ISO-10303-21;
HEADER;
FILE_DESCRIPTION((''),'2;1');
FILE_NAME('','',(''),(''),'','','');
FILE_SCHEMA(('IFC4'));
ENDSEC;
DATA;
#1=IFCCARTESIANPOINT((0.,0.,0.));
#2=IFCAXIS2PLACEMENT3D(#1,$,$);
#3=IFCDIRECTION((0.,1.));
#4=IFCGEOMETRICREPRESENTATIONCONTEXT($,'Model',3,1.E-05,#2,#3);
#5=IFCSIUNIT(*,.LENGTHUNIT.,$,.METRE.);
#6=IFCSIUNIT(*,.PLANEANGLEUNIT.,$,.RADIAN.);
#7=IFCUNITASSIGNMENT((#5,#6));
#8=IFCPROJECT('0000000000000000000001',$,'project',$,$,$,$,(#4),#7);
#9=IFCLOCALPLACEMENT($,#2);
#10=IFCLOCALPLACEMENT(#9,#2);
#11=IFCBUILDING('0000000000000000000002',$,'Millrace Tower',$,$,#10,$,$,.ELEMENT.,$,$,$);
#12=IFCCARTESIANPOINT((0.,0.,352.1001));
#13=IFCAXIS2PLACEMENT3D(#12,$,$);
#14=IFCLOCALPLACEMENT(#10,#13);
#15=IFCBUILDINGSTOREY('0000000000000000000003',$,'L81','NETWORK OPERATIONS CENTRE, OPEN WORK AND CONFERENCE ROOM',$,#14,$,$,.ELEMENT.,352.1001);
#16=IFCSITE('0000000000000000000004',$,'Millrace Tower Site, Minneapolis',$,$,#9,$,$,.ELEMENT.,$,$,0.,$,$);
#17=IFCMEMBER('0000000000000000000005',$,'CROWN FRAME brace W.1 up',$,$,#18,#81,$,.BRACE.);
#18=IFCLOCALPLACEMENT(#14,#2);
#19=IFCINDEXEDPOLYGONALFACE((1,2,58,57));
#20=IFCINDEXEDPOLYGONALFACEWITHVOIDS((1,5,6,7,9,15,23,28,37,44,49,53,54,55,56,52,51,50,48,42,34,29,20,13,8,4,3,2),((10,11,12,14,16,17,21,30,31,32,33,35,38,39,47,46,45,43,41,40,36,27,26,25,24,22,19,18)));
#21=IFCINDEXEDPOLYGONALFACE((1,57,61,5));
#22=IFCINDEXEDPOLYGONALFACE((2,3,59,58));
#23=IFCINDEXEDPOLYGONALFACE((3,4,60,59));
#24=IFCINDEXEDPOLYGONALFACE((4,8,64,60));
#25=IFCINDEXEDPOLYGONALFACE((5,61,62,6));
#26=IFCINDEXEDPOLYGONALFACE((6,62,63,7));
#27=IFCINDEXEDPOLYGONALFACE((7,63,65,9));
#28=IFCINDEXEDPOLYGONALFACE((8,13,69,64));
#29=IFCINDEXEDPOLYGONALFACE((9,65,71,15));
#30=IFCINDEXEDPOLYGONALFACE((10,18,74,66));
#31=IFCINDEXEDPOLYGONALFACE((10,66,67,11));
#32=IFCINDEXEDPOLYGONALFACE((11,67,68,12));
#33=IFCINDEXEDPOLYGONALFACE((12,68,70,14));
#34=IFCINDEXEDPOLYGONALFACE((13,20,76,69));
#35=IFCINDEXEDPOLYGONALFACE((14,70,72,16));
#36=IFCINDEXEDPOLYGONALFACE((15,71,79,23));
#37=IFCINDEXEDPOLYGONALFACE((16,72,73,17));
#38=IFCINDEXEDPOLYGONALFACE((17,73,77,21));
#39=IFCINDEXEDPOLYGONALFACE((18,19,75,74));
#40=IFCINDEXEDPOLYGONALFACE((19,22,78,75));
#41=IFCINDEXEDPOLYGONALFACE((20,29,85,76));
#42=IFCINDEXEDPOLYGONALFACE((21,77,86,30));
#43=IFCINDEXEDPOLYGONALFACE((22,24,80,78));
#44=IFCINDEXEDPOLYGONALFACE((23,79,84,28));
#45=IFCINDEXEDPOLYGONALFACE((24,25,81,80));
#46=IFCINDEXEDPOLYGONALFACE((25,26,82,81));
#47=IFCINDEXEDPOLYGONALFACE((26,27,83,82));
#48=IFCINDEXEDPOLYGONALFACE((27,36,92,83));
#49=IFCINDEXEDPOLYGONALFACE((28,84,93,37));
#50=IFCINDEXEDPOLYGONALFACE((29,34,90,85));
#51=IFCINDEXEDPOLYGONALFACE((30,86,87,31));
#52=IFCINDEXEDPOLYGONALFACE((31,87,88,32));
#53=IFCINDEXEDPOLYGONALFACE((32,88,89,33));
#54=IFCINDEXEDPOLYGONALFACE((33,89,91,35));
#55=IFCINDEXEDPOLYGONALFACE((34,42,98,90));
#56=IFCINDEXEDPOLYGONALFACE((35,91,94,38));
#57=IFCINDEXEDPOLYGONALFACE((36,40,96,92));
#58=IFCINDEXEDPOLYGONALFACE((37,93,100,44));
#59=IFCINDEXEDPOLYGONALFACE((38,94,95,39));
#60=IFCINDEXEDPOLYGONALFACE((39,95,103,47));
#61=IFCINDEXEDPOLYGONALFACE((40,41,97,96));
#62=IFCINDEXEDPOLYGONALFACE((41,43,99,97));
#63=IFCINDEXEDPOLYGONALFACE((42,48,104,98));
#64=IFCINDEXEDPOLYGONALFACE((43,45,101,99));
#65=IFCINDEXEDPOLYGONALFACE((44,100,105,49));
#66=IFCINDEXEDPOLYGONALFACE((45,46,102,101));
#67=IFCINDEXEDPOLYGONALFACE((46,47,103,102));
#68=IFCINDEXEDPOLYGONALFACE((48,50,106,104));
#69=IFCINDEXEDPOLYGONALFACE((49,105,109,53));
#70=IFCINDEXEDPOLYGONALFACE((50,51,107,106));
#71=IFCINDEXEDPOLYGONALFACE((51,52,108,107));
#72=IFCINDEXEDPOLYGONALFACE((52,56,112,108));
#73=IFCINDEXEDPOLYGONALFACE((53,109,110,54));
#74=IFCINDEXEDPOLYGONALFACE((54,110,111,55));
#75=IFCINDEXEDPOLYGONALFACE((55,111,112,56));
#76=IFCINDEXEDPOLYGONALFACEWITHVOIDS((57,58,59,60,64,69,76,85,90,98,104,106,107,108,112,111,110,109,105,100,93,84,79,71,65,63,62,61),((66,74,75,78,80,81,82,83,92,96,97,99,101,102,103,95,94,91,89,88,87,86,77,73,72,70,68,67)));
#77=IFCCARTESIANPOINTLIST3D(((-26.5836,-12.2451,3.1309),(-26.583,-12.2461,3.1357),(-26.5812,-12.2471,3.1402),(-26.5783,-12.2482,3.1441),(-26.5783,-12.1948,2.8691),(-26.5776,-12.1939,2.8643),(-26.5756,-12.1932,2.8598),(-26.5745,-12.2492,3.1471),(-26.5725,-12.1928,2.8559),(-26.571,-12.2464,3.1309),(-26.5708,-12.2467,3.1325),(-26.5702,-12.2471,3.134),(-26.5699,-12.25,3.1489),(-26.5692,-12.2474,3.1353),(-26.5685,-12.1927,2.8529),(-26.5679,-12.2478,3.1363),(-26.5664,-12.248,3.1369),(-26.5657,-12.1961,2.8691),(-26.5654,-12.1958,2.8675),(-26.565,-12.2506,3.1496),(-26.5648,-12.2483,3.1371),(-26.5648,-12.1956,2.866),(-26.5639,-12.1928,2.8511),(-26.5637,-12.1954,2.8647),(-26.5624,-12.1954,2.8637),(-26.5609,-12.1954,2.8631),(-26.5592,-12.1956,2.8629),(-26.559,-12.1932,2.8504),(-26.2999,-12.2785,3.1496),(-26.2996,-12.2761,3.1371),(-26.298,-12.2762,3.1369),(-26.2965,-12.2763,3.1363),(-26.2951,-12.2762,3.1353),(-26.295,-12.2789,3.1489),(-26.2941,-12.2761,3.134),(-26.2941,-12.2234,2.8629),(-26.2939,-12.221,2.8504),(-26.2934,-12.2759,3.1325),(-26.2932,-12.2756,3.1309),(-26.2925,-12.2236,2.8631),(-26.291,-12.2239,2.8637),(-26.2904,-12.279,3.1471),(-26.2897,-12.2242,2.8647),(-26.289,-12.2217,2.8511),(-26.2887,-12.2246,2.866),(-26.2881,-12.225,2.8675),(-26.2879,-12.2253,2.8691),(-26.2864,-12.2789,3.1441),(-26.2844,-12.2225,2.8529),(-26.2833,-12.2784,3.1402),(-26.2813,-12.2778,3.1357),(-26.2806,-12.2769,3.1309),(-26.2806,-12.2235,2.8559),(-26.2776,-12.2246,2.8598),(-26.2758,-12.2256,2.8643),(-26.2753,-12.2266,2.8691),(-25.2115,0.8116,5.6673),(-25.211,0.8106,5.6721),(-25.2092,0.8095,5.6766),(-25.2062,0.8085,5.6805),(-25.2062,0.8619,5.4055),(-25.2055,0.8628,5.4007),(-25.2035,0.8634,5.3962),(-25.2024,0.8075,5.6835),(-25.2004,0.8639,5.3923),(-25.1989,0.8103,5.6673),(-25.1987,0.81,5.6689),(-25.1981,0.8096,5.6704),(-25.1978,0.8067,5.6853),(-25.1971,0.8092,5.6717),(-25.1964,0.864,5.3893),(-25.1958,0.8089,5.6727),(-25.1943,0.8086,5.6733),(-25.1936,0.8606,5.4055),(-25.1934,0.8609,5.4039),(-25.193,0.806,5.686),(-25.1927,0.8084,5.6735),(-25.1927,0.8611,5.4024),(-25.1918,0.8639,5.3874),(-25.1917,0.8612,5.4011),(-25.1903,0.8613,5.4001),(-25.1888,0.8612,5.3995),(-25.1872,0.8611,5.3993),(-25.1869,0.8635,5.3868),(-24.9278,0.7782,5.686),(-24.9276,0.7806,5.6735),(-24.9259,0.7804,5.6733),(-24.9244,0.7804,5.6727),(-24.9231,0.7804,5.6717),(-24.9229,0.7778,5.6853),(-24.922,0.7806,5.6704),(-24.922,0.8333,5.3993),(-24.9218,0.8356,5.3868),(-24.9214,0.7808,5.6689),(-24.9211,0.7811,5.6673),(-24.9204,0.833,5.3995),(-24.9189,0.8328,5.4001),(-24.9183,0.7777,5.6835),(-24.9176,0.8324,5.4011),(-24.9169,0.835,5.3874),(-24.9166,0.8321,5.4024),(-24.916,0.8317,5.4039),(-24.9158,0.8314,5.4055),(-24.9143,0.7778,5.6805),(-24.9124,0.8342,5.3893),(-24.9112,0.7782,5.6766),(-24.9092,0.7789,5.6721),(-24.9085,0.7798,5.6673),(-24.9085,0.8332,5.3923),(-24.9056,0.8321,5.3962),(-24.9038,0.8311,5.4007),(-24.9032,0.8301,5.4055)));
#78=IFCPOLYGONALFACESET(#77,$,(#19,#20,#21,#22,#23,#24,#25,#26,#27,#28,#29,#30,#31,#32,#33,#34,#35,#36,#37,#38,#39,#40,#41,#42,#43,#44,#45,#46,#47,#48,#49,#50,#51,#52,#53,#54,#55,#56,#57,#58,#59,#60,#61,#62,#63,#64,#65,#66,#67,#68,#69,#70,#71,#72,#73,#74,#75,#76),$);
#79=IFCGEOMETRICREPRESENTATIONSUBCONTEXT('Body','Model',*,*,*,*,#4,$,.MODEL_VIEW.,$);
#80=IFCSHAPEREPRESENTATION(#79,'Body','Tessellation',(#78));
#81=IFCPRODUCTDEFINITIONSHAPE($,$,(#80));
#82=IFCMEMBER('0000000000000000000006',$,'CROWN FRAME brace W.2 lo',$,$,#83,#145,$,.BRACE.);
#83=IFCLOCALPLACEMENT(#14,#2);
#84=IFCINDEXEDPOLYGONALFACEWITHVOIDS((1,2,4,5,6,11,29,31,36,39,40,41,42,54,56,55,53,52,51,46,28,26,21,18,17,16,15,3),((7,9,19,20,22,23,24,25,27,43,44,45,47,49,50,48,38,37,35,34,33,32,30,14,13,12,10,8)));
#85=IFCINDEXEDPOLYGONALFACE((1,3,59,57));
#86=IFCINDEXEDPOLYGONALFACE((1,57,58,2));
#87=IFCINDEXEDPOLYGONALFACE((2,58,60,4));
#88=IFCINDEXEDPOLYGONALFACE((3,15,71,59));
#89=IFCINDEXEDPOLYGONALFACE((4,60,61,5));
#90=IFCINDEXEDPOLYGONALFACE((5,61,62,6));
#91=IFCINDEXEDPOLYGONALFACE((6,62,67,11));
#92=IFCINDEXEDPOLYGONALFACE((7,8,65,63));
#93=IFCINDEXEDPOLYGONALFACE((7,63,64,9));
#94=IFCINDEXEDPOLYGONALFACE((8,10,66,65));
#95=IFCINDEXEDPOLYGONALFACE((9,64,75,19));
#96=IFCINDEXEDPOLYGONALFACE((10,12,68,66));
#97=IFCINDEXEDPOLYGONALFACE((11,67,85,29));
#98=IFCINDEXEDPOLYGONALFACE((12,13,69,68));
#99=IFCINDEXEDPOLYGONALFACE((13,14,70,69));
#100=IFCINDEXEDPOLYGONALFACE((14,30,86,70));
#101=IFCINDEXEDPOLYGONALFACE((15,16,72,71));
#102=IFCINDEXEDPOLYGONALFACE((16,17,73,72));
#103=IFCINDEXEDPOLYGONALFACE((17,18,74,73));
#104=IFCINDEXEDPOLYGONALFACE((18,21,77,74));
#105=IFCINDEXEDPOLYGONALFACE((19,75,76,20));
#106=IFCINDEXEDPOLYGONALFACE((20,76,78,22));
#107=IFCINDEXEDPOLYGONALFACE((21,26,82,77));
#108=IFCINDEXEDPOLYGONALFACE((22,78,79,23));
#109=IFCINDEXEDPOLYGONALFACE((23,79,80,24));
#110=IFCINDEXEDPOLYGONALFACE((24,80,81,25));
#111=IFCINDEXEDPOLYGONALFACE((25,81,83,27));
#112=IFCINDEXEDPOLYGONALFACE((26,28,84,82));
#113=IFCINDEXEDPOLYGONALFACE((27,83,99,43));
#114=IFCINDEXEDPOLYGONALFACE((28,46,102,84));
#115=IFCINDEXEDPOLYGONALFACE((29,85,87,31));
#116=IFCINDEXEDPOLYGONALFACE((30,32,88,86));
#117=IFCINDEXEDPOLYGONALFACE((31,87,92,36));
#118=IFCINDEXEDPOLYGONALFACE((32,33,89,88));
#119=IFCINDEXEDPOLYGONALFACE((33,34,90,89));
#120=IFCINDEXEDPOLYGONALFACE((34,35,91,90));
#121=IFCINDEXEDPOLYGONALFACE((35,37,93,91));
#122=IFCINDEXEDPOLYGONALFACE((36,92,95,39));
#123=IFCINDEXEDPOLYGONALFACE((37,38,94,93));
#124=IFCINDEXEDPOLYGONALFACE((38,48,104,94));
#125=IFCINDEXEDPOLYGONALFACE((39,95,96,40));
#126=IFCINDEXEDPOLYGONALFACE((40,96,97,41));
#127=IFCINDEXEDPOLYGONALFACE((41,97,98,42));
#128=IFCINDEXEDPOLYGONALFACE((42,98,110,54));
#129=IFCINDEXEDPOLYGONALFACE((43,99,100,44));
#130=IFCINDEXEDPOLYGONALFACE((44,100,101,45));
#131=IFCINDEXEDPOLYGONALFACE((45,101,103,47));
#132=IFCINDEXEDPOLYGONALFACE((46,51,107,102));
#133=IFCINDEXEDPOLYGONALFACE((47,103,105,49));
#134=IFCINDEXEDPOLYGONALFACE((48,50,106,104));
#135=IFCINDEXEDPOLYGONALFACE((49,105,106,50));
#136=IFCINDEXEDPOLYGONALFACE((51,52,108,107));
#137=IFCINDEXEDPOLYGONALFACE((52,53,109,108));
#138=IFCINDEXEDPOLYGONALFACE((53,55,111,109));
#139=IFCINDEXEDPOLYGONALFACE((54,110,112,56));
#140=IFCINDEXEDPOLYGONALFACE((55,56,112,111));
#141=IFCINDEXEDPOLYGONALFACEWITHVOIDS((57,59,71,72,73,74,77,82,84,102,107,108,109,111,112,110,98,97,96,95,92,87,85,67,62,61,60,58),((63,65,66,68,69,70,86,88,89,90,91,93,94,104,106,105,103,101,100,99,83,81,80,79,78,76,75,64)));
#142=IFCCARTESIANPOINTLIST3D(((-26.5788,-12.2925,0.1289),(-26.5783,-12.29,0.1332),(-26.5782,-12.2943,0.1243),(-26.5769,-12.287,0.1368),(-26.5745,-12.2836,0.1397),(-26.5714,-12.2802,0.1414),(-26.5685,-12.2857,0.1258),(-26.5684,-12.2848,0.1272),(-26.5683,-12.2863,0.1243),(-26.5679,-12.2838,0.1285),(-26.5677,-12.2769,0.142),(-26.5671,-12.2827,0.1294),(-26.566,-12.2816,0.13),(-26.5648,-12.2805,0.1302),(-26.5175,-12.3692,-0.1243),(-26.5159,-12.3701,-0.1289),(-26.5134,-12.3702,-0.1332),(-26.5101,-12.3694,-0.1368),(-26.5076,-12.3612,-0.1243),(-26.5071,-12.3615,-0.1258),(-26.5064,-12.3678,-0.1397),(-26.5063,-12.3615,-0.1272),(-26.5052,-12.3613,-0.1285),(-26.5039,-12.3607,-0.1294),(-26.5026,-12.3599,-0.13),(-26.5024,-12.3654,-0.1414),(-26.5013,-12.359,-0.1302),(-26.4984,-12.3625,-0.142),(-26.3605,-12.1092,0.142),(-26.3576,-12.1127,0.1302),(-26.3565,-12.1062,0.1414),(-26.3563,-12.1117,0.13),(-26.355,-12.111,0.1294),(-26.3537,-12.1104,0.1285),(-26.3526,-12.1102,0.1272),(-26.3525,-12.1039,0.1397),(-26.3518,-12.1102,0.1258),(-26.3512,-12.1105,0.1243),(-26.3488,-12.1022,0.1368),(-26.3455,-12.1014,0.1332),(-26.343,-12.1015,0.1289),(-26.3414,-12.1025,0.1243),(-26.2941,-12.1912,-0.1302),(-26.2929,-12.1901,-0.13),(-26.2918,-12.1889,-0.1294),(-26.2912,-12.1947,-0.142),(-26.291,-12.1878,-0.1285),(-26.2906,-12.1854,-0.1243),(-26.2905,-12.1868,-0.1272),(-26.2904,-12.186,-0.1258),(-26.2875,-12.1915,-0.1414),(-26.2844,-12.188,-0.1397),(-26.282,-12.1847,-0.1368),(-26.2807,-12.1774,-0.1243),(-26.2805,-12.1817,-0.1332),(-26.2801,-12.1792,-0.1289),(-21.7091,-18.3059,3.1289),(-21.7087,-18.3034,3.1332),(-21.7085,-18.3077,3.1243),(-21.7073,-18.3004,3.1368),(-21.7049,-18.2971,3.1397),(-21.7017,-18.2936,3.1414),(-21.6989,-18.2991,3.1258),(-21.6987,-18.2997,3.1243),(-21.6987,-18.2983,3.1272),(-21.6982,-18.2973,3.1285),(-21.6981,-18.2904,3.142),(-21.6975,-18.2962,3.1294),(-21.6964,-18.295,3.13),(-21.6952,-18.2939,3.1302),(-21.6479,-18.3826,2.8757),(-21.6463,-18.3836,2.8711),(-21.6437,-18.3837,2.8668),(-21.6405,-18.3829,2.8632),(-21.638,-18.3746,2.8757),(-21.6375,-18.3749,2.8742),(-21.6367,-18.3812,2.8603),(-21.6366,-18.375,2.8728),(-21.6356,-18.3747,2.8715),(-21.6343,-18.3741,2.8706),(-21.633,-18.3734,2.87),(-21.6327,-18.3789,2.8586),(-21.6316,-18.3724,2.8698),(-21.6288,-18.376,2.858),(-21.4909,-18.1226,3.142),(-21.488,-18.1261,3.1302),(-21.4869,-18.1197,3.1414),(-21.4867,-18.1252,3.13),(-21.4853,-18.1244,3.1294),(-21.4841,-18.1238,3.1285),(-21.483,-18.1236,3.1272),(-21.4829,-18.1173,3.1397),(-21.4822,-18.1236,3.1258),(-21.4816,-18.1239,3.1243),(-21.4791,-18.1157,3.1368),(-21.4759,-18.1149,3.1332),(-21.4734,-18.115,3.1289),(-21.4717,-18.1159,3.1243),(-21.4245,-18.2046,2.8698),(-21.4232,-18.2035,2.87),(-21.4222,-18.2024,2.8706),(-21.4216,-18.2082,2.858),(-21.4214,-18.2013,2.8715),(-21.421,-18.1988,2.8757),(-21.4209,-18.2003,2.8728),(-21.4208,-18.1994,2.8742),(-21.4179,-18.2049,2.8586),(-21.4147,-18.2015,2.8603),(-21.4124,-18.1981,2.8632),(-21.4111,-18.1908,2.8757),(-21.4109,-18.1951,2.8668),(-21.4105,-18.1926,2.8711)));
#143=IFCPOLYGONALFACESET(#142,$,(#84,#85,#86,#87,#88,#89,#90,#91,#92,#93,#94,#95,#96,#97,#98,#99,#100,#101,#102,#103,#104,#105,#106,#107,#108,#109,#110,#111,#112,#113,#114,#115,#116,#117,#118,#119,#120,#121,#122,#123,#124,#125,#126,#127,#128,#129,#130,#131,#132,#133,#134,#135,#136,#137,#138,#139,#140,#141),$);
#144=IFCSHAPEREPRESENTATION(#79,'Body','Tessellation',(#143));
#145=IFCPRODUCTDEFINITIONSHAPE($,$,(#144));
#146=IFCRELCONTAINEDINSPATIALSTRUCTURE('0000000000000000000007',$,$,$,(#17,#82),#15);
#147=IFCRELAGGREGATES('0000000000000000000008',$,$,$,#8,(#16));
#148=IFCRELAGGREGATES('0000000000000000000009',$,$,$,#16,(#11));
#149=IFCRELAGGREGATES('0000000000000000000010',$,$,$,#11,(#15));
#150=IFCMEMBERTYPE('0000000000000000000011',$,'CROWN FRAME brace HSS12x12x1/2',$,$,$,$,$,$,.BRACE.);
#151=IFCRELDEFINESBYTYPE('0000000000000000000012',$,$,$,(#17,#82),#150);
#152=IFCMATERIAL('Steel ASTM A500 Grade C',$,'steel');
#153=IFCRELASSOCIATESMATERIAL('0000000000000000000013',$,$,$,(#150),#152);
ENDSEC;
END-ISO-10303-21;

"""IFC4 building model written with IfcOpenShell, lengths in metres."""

from ifc_helpers import new_model, si_unit, direction, frame, origin, origin_2d, place, context, subcontext, project, spatial, hollow_rectangle, extrude, material, material_profile, profile_set, type_object, element, save


model = new_model("IFC4")

# Units and contexts
model_context = context("Model", 3, precision=1e-05, world=origin(), true_north=direction((0.0, 1.0)))
body_context = subcontext(model_context, "Body", "Model", "MODEL_VIEW")
ifc_project = project(units=[si_unit("LENGTHUNIT", "METRE"), si_unit("PLANEANGLEUNIT", "RADIAN")], contexts=[model_context])

# Site, building, storey
site_placement = place(None, origin())
site = spatial("IfcSite", under=ifc_project, at=site_placement, Name="Millrace Tower Site, Minneapolis", CompositionType="ELEMENT", RefElevation=0.0)
building_placement = place(site_placement, origin())
building = spatial("IfcBuilding", under=site, at=building_placement, Name="Millrace Tower", CompositionType="ELEMENT")
storey_placement = place(building_placement, frame((0.0, 0.0, 352.1001)))
storey = spatial("IfcBuildingStorey", under=building, at=storey_placement, Name="L81", Description="NETWORK OPERATIONS CENTRE, OPEN WORK AND CONFERENCE ROOM", CompositionType="ELEMENT", Elevation=352.1001)

# Members
ifc_material_1 = material(Name="Steel ASTM A500 Grade C", Category="steel")
ifc_material_profile_1 = material_profile(ifc_material_1, hollow_rectangle(XDim=0.3047, YDim=0.3047, WallThickness=0.0127, InnerFilletRadius=0.0063, OuterFilletRadius=0.019, at=origin_2d()))
ifc_profile_set_1 = profile_set([ifc_material_profile_1], Name="Steel ASTM A500 Grade C")
member_type = type_object("IfcMemberType", Name="CROWN FRAME brace HSS12x12x1/2", PredefinedType="BRACE", material=ifc_profile_set_1)
member_1_placement = place(storey_placement, frame((-26.4294, -12.2358, 3.0), z_axis=(0.102613, 0.976468, 0.189688), x_axis=(-0.994524, 0.104511, 0.0)))
element("IfcMember", 1, at=member_1_placement, inside=storey, type_object=member_type, Name="CROWN FRAME brace W.1 up", PredefinedType="BRACE", context=body_context, shape_type="SweptSolid", body=[
    extrude(hollow_rectangle(XDim=0.3047, YDim=0.3047, WallThickness=0.0127, InnerFilletRadius=0.0063, OuterFilletRadius=0.019, at=origin_2d()), origin(), (0.0, 0.0, 1.0), 13.3713),
])
member_2_placement = place(storey_placement, frame((-26.4294, -12.2358, 0.0), z_axis=(0.586768, -0.72459, 0.361486), x_axis=(0.777143, 0.629324, 0.0)))
element("IfcMember", 2, at=member_2_placement, inside=storey, type_object=member_type, Name="CROWN FRAME brace W.2 lo", PredefinedType="BRACE", context=body_context, shape_type="SweptSolid", body=[
    extrude(hollow_rectangle(XDim=0.3047, YDim=0.3047, WallThickness=0.0127, InnerFilletRadius=0.0063, OuterFilletRadius=0.019, at=origin_2d()), origin(), (0.0, 0.0, 1.0), 8.2991),
])

save(model, "model.ifc")
